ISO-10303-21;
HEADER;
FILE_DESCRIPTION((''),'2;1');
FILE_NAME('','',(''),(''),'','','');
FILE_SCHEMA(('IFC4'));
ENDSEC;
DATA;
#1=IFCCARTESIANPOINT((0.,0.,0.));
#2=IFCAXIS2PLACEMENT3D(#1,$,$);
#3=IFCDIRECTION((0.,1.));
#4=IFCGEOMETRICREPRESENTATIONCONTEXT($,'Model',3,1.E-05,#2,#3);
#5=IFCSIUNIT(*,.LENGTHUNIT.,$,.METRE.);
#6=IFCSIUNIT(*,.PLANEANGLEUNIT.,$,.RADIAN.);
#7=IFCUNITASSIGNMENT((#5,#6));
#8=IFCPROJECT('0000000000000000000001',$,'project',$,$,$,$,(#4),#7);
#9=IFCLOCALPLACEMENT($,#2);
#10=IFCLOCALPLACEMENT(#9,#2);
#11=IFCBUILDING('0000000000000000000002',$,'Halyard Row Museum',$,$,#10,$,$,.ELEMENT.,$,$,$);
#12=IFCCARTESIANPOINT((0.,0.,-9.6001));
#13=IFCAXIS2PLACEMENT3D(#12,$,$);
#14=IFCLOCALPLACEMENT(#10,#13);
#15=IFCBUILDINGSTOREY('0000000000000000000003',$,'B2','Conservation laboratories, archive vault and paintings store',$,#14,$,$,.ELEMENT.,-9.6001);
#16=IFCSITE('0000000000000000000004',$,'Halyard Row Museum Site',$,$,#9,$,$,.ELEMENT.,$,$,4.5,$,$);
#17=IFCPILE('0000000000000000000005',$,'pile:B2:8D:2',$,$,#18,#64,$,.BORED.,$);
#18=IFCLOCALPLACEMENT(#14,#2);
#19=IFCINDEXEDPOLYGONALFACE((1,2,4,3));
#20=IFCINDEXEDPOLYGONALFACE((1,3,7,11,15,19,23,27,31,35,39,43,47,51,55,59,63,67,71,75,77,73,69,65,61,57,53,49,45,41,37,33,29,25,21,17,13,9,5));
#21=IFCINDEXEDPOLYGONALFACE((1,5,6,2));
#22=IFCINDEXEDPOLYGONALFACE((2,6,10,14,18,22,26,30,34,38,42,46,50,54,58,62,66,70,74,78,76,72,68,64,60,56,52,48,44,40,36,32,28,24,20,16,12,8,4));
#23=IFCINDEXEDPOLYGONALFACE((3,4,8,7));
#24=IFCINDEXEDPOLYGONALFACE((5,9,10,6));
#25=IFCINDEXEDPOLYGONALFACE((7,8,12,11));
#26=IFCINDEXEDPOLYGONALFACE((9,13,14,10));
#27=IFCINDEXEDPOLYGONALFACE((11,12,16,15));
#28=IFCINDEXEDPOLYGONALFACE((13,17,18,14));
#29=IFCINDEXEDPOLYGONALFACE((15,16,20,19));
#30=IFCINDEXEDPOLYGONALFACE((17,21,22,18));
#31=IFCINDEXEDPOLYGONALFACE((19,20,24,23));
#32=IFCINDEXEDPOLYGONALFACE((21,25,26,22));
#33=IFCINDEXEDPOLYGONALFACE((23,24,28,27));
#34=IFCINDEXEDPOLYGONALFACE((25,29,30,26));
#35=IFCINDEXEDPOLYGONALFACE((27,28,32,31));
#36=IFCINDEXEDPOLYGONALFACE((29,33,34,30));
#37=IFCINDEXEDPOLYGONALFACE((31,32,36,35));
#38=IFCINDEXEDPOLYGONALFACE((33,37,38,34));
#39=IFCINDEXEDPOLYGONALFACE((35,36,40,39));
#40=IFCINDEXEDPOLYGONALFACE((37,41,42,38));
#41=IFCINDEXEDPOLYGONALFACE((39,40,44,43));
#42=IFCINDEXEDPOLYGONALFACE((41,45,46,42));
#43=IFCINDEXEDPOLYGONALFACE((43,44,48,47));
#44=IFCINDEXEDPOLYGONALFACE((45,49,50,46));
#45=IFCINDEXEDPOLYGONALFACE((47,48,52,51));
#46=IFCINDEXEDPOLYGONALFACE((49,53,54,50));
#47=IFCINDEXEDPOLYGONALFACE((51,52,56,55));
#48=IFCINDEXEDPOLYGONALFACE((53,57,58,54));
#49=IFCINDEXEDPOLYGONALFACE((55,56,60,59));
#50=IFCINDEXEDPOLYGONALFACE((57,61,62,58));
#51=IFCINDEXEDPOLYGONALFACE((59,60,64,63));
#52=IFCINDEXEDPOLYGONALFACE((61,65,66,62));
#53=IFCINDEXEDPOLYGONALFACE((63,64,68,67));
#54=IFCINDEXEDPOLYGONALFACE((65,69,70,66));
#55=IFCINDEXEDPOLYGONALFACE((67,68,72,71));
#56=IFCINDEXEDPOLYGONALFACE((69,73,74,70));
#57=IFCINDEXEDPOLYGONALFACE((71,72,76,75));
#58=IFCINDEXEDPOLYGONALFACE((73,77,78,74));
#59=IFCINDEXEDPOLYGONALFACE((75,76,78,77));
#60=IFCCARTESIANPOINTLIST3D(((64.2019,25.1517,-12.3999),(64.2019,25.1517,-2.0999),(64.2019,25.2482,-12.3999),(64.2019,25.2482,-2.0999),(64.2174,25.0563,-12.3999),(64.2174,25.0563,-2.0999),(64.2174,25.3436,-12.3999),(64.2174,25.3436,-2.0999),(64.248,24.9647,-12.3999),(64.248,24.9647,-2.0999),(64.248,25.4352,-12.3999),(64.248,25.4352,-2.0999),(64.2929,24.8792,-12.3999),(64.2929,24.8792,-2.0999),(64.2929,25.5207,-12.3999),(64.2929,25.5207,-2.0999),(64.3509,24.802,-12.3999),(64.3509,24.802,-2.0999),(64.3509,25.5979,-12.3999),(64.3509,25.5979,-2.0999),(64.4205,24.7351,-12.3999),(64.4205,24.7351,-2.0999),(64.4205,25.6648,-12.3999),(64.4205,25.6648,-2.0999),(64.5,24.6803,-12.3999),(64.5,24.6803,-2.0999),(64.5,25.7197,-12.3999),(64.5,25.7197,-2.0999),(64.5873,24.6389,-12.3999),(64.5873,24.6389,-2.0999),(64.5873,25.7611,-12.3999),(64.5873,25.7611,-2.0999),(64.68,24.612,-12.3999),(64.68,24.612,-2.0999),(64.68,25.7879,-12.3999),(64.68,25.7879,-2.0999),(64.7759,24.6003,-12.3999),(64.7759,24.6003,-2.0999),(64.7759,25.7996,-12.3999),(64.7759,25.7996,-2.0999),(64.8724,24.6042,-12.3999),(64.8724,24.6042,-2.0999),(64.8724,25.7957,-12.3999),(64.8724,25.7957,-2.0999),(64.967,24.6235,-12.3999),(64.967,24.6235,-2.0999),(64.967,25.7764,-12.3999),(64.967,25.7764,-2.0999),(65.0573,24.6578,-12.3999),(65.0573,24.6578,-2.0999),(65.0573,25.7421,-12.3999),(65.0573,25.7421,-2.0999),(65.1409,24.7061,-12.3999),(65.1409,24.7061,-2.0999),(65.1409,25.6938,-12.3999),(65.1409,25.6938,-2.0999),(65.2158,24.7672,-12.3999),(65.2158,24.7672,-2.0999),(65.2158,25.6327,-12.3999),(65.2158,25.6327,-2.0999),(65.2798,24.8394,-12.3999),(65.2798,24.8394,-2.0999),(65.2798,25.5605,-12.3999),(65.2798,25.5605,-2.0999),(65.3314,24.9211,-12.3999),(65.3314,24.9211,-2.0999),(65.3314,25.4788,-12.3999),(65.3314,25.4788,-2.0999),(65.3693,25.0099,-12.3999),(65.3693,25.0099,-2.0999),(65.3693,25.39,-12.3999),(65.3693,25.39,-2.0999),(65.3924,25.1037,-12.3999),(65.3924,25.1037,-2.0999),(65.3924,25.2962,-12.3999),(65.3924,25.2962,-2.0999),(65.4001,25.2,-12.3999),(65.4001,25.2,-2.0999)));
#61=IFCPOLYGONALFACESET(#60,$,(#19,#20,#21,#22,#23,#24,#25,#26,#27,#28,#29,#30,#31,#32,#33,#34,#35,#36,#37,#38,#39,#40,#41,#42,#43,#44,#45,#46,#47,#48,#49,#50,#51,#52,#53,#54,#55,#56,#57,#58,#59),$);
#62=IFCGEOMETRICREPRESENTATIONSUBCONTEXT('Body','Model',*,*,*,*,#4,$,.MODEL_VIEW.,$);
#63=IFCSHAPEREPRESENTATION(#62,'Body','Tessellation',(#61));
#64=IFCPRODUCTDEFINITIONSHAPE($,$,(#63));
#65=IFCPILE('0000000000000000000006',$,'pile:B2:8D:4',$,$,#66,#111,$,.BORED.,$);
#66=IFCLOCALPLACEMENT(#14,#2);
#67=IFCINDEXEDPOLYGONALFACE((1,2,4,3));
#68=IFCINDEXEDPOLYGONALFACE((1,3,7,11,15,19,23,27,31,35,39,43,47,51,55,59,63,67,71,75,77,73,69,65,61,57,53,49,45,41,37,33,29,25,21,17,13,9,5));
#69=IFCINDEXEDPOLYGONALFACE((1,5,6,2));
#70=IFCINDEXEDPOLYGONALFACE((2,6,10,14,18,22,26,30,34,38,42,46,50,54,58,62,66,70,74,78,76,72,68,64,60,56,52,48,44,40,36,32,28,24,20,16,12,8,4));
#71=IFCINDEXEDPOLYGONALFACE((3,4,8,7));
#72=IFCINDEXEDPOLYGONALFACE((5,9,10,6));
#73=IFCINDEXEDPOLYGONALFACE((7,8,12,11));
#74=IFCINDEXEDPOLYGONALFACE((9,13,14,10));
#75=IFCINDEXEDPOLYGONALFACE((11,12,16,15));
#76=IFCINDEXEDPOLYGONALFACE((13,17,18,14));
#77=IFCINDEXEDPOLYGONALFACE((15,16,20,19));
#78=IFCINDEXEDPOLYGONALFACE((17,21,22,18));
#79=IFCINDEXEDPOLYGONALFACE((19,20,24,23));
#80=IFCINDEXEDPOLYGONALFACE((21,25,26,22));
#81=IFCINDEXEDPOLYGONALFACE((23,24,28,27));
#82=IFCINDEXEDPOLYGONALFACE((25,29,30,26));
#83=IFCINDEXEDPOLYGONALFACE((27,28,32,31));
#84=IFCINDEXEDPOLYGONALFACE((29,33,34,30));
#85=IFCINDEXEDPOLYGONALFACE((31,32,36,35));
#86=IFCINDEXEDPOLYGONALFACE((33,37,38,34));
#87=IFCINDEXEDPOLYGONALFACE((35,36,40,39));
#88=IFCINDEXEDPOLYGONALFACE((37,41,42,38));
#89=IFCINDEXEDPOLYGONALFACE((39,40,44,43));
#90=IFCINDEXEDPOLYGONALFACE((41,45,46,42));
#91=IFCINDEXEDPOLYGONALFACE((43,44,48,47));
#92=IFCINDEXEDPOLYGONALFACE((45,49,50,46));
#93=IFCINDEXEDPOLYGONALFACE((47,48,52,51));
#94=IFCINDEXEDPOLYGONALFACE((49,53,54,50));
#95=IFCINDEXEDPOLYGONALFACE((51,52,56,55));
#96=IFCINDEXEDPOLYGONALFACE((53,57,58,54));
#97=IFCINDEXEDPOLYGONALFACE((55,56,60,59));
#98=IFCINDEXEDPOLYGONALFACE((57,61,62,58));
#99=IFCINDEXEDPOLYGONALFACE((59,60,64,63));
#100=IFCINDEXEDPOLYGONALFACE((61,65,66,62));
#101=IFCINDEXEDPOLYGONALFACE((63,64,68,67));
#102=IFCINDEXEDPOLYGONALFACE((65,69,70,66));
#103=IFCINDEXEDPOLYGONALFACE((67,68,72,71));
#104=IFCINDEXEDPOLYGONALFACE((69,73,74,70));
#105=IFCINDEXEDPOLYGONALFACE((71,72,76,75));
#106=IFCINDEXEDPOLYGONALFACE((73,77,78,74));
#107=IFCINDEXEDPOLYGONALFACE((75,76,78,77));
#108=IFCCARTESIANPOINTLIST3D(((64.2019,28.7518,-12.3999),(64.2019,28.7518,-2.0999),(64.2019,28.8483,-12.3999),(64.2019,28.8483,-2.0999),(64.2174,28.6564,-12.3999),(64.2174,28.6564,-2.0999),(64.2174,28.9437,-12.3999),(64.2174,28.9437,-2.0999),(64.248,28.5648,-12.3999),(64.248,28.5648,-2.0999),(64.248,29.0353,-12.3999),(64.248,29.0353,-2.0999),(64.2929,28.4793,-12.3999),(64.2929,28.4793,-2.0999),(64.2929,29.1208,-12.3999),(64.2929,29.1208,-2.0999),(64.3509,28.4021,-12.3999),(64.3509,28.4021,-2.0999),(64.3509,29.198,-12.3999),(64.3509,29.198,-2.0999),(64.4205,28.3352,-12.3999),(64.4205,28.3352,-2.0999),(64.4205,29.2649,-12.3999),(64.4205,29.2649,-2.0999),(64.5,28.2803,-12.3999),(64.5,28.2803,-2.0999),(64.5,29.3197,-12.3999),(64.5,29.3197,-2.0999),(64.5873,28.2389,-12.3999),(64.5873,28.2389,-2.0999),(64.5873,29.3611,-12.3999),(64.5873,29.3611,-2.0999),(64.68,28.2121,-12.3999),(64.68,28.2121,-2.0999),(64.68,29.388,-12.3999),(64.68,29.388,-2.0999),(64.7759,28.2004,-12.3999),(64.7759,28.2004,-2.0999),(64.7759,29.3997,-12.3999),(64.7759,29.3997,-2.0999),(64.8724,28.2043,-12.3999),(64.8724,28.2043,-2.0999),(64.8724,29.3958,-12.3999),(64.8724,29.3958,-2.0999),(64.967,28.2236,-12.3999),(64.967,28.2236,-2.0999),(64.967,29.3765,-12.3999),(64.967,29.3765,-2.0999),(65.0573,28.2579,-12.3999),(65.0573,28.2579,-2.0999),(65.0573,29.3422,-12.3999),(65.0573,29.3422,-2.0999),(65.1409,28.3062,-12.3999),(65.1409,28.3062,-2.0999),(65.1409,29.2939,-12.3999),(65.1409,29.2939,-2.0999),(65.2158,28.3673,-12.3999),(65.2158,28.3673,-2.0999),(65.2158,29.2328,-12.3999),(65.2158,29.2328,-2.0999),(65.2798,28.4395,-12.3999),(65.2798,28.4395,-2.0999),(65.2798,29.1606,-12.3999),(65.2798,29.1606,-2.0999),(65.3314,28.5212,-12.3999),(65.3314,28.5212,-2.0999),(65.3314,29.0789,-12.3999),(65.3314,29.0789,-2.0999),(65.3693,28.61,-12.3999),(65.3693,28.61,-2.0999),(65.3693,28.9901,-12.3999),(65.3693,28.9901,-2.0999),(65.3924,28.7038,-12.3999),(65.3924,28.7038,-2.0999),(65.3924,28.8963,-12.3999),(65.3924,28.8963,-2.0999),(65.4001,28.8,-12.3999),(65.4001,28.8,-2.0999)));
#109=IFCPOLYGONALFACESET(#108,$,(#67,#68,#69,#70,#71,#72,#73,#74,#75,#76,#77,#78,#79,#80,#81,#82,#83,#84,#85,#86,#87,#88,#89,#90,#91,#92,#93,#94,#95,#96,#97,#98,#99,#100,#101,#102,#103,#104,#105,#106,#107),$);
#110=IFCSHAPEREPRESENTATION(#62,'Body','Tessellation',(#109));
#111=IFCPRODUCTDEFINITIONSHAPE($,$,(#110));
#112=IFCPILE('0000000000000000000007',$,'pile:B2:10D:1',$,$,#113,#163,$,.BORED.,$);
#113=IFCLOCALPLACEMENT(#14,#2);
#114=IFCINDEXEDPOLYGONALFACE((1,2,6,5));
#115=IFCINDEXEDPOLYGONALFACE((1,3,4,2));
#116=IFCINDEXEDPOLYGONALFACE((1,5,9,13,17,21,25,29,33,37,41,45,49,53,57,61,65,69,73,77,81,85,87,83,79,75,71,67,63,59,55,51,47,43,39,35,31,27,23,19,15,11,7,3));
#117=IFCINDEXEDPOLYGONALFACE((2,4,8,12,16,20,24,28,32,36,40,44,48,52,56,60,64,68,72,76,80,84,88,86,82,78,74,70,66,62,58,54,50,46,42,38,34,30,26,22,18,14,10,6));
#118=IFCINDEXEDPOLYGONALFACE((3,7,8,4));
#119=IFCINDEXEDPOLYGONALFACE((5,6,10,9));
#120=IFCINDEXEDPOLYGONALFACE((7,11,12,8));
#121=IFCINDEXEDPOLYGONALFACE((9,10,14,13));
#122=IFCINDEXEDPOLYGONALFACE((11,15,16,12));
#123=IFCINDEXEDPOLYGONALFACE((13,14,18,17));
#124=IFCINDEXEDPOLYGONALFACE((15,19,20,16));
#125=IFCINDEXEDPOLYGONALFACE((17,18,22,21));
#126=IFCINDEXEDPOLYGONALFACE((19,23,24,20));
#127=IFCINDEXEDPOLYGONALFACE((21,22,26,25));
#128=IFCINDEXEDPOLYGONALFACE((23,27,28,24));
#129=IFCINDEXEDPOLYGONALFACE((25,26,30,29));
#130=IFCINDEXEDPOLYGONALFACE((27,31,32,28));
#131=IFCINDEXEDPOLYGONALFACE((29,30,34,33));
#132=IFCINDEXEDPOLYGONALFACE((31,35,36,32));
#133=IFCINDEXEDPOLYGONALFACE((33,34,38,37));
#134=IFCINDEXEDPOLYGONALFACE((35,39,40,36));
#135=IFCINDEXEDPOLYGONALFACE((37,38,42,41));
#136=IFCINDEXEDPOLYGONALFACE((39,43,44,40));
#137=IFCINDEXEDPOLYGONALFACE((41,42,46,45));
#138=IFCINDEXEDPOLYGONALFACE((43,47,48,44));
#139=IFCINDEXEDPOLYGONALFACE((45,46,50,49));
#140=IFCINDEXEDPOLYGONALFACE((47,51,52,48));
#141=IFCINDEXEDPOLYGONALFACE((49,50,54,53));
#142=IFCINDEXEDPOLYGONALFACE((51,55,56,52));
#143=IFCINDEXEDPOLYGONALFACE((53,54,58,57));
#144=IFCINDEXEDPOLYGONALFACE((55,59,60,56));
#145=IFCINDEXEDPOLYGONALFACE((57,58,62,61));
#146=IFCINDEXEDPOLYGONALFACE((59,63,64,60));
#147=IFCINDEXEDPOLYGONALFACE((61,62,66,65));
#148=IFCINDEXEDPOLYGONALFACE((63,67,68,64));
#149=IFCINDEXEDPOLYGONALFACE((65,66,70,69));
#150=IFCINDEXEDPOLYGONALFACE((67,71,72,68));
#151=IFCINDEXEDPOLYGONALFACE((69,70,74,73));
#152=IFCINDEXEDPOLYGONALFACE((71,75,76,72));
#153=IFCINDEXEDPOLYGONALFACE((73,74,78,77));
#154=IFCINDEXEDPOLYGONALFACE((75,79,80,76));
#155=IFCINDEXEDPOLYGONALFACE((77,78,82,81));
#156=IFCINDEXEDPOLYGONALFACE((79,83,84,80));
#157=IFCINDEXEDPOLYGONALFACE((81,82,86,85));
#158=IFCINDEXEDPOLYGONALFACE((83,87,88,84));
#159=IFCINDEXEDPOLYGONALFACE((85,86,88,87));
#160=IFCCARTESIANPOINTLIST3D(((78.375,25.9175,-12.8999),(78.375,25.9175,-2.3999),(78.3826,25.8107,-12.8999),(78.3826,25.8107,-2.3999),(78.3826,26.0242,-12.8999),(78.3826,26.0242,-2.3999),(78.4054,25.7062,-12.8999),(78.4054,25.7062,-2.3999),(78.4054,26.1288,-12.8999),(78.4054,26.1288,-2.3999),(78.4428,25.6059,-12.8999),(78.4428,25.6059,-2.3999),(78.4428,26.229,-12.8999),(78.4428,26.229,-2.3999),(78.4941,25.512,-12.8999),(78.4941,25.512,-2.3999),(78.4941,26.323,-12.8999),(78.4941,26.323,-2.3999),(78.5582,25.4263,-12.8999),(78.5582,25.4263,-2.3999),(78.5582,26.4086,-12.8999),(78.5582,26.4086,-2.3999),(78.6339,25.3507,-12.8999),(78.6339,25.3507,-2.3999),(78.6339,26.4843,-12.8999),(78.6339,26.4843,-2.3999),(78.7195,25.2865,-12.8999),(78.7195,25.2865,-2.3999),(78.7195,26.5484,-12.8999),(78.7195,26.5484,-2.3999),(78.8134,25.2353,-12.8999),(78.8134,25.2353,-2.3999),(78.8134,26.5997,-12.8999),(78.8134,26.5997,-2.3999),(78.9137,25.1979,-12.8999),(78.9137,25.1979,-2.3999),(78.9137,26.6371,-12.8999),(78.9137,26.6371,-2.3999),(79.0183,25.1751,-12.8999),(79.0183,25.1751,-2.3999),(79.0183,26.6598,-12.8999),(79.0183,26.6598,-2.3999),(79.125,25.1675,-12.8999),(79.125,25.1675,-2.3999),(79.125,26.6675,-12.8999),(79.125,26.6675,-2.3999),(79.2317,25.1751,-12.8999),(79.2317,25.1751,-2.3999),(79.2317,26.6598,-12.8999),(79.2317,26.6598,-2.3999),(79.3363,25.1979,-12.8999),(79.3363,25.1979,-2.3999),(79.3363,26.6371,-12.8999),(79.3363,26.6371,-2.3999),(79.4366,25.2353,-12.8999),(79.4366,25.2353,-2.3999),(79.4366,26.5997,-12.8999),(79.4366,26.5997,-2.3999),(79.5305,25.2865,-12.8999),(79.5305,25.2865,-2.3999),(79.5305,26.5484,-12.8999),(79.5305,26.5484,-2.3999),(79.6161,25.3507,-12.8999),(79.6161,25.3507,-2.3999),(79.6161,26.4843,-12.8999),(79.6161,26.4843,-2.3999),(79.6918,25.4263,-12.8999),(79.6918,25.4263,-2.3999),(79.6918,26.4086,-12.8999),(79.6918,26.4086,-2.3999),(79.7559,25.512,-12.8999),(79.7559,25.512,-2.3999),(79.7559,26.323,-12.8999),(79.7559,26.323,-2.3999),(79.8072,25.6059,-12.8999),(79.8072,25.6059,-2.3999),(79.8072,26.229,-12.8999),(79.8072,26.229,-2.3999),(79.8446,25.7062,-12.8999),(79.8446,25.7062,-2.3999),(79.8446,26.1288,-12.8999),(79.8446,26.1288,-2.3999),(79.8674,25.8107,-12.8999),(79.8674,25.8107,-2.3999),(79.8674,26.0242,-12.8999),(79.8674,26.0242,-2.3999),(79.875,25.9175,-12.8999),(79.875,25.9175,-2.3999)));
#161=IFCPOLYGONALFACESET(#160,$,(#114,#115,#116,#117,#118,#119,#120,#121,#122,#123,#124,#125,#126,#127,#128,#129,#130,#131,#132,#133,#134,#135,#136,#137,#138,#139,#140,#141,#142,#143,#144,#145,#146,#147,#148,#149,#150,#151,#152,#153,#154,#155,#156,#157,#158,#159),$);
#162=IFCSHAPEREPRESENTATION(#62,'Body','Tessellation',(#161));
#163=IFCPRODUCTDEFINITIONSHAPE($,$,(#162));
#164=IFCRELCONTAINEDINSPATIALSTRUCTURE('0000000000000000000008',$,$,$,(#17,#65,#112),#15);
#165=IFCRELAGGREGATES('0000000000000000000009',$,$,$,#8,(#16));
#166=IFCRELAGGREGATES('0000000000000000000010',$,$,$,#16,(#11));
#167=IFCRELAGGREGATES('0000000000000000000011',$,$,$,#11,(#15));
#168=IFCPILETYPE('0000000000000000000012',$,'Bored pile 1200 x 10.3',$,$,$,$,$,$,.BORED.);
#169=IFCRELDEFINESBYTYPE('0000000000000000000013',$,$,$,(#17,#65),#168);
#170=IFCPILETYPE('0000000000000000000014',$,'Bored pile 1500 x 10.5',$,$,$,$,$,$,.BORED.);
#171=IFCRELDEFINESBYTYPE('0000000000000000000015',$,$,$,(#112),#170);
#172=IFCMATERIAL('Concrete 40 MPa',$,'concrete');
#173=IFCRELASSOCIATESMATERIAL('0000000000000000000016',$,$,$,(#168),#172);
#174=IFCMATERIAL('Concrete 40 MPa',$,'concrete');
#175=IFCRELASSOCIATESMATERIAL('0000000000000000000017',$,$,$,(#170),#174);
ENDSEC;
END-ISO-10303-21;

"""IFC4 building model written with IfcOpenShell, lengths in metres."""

from ifc_helpers import new_model, si_unit, direction, frame, origin, origin_2d, place, context, subcontext, project, spatial, circle, extrude, material, material_profile, profile_set, type_object, element, save


model = new_model("IFC4")

# Units and contexts
model_context = context("Model", 3, precision=1e-05, world=origin(), true_north=direction((0.0, 1.0)))
body_context = subcontext(model_context, "Body", "Model", "MODEL_VIEW")
ifc_project = project(units=[si_unit("LENGTHUNIT", "METRE"), si_unit("PLANEANGLEUNIT", "RADIAN")], contexts=[model_context])

# Site, building, storey
site_placement = place(None, origin())
site = spatial("IfcSite", under=ifc_project, at=site_placement, Name="Halyard Row Museum Site", CompositionType="ELEMENT", RefElevation=4.5)
building_placement = place(site_placement, origin())
building = spatial("IfcBuilding", under=site, at=building_placement, Name="Halyard Row Museum", CompositionType="ELEMENT")
storey_placement = place(building_placement, frame((0.0, 0.0, -9.6001)))
storey = spatial("IfcBuildingStorey", under=building, at=storey_placement, Name="B2", Description="Conservation laboratories, archive vault and paintings store", CompositionType="ELEMENT", Elevation=-9.6001)

# Piles
ifc_material_1 = material(Name="Concrete 40 MPa", Category="concrete")
ifc_material_profile_1 = material_profile(ifc_material_1, circle(Radius=0.6001, at=origin_2d()), Name="Bored pile 1200 x 10.3")
ifc_profile_set_1 = profile_set([ifc_material_profile_1], Name="Concrete 40 MPa")
pile_type_1 = type_object("IfcPileType", Name="Bored pile 1200 x 10.3", PredefinedType="BORED", material=ifc_profile_set_1)
for number, where, z_axis, x_axis, name in (
    (1, (64.8, 25.2, -2.0999), (0.0, 0.0, -1.0), (1.0, 0.0, 0.0), "pile:B2:8D:2"),
    (2, (64.8, 28.8, -2.0999), (0.0, 0.0, -1.0), (1.0, 0.0, 0.0), "pile:B2:8D:4"),
):
    element("IfcPile", number, at=place(storey_placement, frame(where, z_axis=z_axis, x_axis=x_axis)), inside=storey, type_object=pile_type_1, Name=name, PredefinedType="BORED", context=body_context, shape_type="SweptSolid", body=[
        extrude(circle(Radius=0.6001, at=origin_2d()), origin(), (0.0, 0.0, 1.0), 10.3),
    ])
ifc_material_2 = material(Name="Concrete 40 MPa", Category="concrete")
ifc_material_profile_2 = material_profile(ifc_material_2, circle(Radius=0.75, at=origin_2d()), Name="Bored pile 1500 x 10.5")
ifc_profile_set_2 = profile_set([ifc_material_profile_2], Name="Concrete 40 MPa")
pile_type_2 = type_object("IfcPileType", Name="Bored pile 1500 x 10.5", PredefinedType="BORED", material=ifc_profile_set_2)
for number, where, z_axis, x_axis, name in (
    (3, (79.125, 25.9175, -2.3999), (0.0, 0.0, -1.0), (1.0, 0.0, 0.0), "pile:B2:10D:1"),
):
    element("IfcPile", number, at=place(storey_placement, frame(where, z_axis=z_axis, x_axis=x_axis)), inside=storey, type_object=pile_type_2, Name=name, PredefinedType="BORED", context=body_context, shape_type="SweptSolid", body=[
        extrude(circle(Radius=0.75, at=origin_2d()), origin(), (0.0, 0.0, 1.0), 10.5),
    ])

save(model, "model.ifc")
